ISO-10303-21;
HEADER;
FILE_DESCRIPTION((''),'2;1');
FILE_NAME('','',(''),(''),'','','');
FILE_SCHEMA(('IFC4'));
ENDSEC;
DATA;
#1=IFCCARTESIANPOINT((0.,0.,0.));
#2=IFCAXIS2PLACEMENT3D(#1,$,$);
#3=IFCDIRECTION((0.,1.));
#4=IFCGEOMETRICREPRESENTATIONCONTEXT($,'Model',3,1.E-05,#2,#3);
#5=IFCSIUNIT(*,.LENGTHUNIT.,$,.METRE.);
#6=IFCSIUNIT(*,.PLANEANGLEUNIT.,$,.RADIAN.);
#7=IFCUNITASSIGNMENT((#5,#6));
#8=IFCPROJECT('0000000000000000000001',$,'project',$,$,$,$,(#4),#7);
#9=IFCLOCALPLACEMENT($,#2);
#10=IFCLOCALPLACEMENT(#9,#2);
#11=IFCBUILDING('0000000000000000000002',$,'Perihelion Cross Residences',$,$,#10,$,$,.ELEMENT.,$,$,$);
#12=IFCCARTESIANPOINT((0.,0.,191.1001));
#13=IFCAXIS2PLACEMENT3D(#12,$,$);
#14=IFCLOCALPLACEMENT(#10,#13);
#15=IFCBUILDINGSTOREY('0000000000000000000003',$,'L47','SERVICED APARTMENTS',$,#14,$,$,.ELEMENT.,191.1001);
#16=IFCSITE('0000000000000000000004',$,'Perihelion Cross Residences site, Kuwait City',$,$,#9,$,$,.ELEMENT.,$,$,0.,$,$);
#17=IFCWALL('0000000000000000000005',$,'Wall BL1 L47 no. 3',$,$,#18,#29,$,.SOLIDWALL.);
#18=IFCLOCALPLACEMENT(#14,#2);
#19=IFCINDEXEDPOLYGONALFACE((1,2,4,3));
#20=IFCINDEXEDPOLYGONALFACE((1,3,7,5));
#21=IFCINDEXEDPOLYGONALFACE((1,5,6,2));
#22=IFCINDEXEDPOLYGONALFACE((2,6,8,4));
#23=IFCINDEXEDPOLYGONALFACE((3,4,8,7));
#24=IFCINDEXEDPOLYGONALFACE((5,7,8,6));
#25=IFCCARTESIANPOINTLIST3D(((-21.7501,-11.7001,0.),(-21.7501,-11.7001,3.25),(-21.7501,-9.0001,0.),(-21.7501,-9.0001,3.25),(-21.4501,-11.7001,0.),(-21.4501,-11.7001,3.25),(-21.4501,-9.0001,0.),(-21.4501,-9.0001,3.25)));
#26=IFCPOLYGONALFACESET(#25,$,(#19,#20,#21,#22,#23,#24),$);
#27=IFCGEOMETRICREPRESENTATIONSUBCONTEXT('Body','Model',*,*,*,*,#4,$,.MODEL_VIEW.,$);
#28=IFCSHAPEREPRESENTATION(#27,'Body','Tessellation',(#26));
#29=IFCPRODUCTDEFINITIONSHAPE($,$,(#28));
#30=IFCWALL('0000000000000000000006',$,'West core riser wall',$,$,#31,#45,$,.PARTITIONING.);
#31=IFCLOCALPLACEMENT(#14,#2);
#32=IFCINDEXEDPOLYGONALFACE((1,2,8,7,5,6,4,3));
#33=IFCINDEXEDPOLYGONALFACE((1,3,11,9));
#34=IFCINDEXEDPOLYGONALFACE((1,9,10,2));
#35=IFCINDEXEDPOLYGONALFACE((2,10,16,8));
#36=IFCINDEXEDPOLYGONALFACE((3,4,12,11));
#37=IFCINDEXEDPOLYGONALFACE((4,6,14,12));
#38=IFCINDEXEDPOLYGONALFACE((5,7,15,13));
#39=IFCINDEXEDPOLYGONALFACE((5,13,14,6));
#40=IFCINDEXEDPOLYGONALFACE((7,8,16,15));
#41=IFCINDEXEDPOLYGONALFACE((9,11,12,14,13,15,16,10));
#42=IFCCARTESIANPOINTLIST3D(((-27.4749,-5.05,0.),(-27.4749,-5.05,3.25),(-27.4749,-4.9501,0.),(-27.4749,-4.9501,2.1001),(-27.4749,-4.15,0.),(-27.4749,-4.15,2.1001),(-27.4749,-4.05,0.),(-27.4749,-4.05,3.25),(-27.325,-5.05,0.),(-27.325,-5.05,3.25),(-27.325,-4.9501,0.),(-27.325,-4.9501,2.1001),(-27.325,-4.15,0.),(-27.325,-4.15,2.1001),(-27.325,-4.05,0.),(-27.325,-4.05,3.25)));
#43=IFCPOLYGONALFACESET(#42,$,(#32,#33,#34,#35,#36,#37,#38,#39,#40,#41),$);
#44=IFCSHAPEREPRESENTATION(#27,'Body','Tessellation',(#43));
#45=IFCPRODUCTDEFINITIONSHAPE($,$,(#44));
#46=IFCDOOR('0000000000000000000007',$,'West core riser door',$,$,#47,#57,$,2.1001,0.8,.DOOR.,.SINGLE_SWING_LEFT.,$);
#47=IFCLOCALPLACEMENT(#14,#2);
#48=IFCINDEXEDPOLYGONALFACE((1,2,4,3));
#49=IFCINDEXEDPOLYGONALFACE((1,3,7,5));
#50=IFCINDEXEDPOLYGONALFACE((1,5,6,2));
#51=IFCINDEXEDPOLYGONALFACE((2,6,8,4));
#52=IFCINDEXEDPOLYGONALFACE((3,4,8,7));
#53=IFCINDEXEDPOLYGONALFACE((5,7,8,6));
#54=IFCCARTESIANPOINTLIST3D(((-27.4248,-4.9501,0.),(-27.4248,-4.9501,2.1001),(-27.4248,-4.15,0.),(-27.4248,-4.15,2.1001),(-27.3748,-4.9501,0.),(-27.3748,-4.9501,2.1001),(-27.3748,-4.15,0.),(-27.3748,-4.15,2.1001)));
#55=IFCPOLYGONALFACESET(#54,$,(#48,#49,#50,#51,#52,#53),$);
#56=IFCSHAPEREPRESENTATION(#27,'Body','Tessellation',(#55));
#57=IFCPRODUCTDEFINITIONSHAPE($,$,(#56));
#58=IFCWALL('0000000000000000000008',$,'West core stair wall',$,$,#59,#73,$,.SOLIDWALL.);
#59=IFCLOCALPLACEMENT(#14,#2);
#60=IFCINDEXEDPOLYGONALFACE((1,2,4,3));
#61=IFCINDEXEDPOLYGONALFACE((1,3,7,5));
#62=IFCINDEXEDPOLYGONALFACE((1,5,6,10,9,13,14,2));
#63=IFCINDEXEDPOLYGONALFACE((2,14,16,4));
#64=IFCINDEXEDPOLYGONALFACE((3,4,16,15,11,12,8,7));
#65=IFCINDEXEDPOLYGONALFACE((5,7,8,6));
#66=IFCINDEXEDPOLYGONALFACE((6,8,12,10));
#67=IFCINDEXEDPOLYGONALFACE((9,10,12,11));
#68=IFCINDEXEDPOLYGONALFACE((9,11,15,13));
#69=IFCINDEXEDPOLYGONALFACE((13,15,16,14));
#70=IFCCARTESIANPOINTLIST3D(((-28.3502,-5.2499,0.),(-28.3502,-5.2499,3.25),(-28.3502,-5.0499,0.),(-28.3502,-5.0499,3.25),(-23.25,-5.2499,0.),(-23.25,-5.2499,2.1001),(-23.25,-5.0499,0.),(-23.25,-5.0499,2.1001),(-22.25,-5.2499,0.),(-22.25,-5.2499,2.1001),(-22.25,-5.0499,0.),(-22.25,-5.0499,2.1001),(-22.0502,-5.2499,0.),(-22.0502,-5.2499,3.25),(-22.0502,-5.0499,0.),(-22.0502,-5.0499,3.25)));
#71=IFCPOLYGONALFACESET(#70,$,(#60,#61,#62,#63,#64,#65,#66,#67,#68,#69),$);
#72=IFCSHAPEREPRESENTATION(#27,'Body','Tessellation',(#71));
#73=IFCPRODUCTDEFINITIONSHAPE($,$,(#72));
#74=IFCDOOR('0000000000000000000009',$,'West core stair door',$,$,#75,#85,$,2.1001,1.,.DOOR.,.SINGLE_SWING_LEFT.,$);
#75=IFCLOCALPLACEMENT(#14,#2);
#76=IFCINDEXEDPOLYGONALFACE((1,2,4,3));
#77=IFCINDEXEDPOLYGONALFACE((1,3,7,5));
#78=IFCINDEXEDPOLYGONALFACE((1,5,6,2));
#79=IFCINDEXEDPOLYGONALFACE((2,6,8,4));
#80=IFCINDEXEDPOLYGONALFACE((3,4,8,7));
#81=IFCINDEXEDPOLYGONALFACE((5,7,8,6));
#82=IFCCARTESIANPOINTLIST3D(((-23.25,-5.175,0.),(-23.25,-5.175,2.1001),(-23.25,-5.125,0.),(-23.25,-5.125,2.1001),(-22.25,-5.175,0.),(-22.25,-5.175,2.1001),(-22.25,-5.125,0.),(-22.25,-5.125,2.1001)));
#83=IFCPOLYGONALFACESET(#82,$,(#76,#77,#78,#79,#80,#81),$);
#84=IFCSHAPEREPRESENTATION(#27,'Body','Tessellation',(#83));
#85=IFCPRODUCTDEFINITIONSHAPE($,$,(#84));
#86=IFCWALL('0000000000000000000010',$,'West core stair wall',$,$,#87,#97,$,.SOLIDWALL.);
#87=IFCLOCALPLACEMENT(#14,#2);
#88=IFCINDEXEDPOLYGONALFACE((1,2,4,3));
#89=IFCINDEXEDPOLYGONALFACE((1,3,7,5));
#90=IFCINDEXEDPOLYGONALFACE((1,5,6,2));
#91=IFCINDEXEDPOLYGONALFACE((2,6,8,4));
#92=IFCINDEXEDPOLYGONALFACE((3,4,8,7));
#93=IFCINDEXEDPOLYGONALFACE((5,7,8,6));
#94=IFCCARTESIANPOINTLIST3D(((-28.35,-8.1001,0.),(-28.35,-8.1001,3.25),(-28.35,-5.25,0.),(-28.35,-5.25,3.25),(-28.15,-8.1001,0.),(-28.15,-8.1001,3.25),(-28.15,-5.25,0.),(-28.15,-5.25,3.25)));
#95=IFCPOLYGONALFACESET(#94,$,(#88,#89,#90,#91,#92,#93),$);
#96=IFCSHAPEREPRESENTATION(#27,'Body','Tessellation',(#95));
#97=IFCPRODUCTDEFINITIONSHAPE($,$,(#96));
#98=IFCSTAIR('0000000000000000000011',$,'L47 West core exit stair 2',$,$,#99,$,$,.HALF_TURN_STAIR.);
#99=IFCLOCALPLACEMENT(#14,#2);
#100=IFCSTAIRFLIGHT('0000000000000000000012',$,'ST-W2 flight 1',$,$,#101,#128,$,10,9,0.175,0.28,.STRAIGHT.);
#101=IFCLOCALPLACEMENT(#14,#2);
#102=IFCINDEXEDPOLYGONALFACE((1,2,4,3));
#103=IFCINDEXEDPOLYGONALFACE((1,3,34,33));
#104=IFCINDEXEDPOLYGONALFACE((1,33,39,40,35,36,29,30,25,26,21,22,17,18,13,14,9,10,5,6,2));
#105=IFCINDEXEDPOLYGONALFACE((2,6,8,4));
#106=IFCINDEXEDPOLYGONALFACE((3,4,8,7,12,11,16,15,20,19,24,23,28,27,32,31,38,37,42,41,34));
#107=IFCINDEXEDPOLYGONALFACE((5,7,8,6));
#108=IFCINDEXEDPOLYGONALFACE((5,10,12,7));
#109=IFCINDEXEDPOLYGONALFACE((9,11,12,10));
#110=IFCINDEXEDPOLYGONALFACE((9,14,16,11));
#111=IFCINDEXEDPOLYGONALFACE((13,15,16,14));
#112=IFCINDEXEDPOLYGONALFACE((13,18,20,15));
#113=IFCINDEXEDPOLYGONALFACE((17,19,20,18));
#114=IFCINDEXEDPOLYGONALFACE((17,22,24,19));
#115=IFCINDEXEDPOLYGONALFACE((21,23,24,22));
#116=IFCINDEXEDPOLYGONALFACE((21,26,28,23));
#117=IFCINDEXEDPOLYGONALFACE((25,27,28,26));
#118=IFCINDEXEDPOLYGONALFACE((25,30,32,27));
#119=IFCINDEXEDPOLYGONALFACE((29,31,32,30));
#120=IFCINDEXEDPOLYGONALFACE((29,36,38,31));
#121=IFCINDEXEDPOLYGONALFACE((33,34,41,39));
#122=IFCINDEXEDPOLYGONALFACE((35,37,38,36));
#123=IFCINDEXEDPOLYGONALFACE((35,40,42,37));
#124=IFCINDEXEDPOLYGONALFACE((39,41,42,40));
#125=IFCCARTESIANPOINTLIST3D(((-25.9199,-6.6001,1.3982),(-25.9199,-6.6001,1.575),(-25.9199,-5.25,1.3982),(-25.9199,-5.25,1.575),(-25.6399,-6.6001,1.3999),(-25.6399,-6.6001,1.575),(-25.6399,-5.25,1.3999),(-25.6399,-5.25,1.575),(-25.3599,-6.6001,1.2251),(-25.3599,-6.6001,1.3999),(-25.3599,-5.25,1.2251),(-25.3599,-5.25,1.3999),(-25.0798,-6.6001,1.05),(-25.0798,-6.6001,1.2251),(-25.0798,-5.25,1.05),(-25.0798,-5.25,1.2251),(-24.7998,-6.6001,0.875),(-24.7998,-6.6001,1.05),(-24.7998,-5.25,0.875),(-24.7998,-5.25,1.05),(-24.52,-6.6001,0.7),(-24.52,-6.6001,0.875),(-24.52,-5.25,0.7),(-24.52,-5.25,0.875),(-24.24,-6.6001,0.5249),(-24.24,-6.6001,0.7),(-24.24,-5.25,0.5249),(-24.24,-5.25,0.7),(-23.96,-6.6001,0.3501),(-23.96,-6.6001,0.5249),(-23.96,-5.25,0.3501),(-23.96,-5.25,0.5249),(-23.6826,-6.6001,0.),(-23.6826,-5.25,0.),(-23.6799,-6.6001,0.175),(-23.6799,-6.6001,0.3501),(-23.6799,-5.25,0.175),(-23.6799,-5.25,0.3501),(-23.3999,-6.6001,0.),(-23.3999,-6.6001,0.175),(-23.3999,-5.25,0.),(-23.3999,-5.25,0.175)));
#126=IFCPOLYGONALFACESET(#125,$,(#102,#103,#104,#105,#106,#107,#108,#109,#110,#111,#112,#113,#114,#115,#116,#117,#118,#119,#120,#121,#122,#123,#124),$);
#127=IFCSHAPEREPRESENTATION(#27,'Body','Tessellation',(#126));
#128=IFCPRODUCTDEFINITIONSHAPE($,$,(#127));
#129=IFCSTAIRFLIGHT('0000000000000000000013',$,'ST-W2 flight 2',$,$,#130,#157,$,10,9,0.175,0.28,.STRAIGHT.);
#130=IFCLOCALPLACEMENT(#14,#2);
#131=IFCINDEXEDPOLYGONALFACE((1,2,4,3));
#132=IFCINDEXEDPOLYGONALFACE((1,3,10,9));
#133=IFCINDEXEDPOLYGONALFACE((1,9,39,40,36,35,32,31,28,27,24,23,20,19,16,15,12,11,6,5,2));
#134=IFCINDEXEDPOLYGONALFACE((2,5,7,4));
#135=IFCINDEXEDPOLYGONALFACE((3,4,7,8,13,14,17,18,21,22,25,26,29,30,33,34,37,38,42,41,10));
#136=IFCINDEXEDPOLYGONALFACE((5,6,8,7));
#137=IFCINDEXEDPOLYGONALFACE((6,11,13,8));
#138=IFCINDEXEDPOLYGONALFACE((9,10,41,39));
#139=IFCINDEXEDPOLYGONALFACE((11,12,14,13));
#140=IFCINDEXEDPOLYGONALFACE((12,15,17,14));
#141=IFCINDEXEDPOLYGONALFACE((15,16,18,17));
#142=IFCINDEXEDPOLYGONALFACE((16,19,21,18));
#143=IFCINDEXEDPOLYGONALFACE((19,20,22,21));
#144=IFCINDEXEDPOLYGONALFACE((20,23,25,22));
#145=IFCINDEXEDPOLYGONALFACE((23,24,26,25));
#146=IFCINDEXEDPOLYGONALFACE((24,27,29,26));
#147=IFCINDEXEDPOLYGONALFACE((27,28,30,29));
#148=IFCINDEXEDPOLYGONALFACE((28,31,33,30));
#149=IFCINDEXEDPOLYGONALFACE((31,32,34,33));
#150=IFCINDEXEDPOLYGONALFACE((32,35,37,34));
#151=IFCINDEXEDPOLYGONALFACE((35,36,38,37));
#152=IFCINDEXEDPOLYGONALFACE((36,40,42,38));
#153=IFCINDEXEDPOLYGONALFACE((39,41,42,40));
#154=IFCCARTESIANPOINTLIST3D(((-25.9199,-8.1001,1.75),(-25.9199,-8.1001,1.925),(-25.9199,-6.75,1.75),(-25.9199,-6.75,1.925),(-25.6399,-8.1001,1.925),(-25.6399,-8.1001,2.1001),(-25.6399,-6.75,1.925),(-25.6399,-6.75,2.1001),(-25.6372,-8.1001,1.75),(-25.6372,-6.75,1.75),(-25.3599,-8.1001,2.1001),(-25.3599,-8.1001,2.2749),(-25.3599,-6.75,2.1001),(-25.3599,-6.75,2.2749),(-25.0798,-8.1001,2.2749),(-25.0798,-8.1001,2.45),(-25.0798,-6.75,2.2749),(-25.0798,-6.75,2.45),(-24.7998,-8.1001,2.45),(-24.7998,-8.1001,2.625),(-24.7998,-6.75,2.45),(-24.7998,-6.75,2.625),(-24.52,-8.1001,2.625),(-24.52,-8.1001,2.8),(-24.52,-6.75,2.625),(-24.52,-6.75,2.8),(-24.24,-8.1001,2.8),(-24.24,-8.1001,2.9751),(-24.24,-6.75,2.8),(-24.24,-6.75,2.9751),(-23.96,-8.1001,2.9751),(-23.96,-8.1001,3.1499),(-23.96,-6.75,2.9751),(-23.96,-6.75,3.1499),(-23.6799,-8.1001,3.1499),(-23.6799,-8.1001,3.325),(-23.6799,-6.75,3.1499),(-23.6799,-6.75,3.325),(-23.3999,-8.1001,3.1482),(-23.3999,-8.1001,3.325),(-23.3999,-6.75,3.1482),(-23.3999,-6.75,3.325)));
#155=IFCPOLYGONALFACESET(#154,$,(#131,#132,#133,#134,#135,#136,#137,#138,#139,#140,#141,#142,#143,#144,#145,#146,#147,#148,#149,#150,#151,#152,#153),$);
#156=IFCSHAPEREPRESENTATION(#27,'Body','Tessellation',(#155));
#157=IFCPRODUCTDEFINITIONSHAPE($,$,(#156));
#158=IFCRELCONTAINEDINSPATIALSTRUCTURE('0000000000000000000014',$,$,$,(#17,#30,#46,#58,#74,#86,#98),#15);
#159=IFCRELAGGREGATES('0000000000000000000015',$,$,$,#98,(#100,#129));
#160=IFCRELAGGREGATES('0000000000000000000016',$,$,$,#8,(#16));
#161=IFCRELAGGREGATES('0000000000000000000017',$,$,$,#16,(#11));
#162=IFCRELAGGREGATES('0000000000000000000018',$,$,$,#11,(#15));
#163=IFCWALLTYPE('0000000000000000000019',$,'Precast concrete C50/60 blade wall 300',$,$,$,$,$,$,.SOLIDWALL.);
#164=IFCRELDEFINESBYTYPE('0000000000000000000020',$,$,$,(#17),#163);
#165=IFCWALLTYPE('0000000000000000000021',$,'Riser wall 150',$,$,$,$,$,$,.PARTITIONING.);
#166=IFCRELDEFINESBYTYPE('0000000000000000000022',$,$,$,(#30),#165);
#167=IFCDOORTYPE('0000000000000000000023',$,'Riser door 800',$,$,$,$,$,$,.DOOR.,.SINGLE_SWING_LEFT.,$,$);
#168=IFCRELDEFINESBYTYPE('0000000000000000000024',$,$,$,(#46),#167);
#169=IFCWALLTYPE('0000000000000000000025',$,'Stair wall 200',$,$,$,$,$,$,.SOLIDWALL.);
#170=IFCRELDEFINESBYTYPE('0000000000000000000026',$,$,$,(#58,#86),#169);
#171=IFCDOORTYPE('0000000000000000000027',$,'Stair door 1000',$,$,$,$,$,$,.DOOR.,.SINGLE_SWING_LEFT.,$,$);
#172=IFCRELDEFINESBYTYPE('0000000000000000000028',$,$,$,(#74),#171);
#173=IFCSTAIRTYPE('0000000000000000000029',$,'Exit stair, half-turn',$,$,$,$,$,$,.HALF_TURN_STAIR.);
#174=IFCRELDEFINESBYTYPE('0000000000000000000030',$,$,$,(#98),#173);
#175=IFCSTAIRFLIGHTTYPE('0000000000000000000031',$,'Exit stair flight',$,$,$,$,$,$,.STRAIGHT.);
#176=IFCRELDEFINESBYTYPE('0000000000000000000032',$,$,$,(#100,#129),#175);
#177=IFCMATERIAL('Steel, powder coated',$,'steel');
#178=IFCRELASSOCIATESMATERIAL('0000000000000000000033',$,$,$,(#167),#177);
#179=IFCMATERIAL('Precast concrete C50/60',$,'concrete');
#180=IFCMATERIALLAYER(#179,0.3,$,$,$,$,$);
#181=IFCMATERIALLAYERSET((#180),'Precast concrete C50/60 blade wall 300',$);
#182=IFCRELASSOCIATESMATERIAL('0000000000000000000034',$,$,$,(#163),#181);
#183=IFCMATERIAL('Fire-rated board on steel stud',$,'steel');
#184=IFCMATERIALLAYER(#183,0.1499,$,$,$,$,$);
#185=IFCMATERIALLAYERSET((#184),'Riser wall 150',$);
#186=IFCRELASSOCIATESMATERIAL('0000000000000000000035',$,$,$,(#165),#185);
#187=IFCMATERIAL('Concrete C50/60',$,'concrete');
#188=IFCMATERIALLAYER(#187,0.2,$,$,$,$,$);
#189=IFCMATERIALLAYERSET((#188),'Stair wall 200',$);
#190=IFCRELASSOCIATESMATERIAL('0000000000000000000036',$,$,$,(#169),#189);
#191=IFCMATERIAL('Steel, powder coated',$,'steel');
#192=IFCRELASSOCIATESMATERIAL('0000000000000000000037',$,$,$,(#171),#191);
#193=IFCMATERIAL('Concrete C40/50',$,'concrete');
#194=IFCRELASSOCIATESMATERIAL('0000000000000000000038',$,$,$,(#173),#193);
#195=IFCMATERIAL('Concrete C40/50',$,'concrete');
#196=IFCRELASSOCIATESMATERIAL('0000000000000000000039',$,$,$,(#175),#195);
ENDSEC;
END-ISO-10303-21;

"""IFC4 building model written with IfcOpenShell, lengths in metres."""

from ifc_helpers import new_model, si_unit, direction, frame, frame_2d, origin, place, context, subcontext, project, spatial, polyline, rectangle, outline, extrude, material, layer, layer_set, type_object, element, fill, aggregate, save


model = new_model("IFC4")

# Units and contexts
model_context = context("Model", 3, precision=1e-05, world=origin(), true_north=direction((0.0, 1.0)))
body_context = subcontext(model_context, "Body", "Model", "MODEL_VIEW")
ifc_project = project(units=[si_unit("LENGTHUNIT", "METRE"), si_unit("PLANEANGLEUNIT", "RADIAN")], contexts=[model_context])

# Site, building, storey
site_placement = place(None, origin())
site = spatial("IfcSite", under=ifc_project, at=site_placement, Name="Perihelion Cross Residences site, Kuwait City", CompositionType="ELEMENT", RefElevation=0.0)
building_placement = place(site_placement, origin())
building = spatial("IfcBuilding", under=site, at=building_placement, Name="Perihelion Cross Residences", CompositionType="ELEMENT")
storey_placement = place(building_placement, frame((0.0, 0.0, 191.1001)))
storey = spatial("IfcBuildingStorey", under=building, at=storey_placement, Name="L47", Description="SERVICED APARTMENTS", CompositionType="ELEMENT", Elevation=191.1001)

# Shared definitions
ifc_material_1 = material(Name="Steel, powder coated", Category="steel")
door_type_1 = type_object("IfcDoorType", Name="Riser door 800", OperationType="SINGLE_SWING_LEFT", PredefinedType="DOOR", material=ifc_material_1)

# Wall
ifc_material_2 = material(Name="Precast concrete C50/60", Category="concrete")
ifc_layer_1 = layer(ifc_material_2, 0.3)
ifc_layer_set_1 = layer_set([ifc_layer_1], Name="Precast concrete C50/60 blade wall 300")
wall_type_1 = type_object("IfcWallType", Name="Precast concrete C50/60 blade wall 300", PredefinedType="SOLIDWALL", material=ifc_layer_set_1)
wall_1_placement = place(storey_placement, frame((-21.6001, -9.0, 0.0), z_axis=(0.0, 0.0, 1.0), x_axis=(0.0, -1.0, 0.0)))
element("IfcWall", 1, at=wall_1_placement, inside=storey, type_object=wall_type_1, Name="Wall BL1 L47 no. 3", PredefinedType="SOLIDWALL", context=body_context, shape_type="SweptSolid", body=[
    extrude(rectangle(XDim=2.7, YDim=0.3, at=frame_2d((1.3501, 0.0))), origin(), (0.0, 0.0, 1.0), 3.25),
])

# Walls, openings, doors
ifc_material_3 = material(Name="Fire-rated board on steel stud", Category="steel")
ifc_layer_2 = layer(ifc_material_3, 0.1499)
ifc_layer_set_2 = layer_set([ifc_layer_2], Name="Riser wall 150")
wall_type_2 = type_object("IfcWallType", Name="Riser wall 150", PredefinedType="PARTITIONING", material=ifc_layer_set_2)
wall_2_placement = place(storey_placement, frame((-27.3999, -5.05, 0.0), z_axis=(0.0, 0.0, 1.0), x_axis=(0.0, 1.0, 0.0)))
wall_2 = element("IfcWall", 2, at=wall_2_placement, inside=storey, type_object=wall_type_2, Name="West core riser wall", PredefinedType="PARTITIONING", context=body_context, shape_type="SweptSolid", body=[
    extrude(rectangle(XDim=1.0, YDim=0.1499, at=frame_2d((0.5, 0.0))), origin(), (0.0, 0.0, 1.0), 3.25),
])
opening_1_placement = place(wall_2_placement, frame((0.1001, 0.0, 0.0)))
opening_1 = element("IfcOpeningElement", 3, at=opening_1_placement, cuts=wall_2, PredefinedType="OPENING", context=body_context, shape_type="SweptSolid", body=[
    extrude(rectangle(XDim=0.8, YDim=2.1001, at=frame_2d((0.3999, 1.05))), frame((0.0, 0.085, 0.0), z_axis=(0.0, -1.0, 0.0), x_axis=(1.0, 0.0, 0.0)), (0.0, 0.0, 1.0), 0.1699),
])
door_1_placement = place(opening_1_placement, origin())
door_1 = element("IfcDoor", 4, at=door_1_placement, inside=storey, type_object=door_type_1, Name="West core riser door", OperationType="SINGLE_SWING_LEFT", OverallHeight=2.1001, OverallWidth=0.8, PredefinedType="DOOR", context=body_context, shape_type="SweptSolid", body=[
    extrude(rectangle(XDim=0.8, YDim=2.1001, at=frame_2d((0.3999, 1.05))), frame((0.0, 0.0249, 0.0), z_axis=(0.0, -1.0, 0.0), x_axis=(1.0, 0.0, 0.0)), (0.0, 0.0, 1.0), 0.05),
])
fill(opening_1, door_1)
ifc_material_4 = material(Name="Concrete C50/60", Category="concrete")
ifc_layer_3 = layer(ifc_material_4, 0.2)
ifc_layer_set_3 = layer_set([ifc_layer_3], Name="Stair wall 200")
wall_type_3 = type_object("IfcWallType", Name="Stair wall 200", PredefinedType="SOLIDWALL", material=ifc_layer_set_3)
wall_3_placement = place(storey_placement, frame((-28.3501, -5.1499, 0.0), z_axis=(0.0, 0.0, 1.0), x_axis=(1.0, 0.0, 0.0)))
wall_3 = element("IfcWall", 5, at=wall_3_placement, inside=storey, type_object=wall_type_3, Name="West core stair wall", PredefinedType="SOLIDWALL", context=body_context, shape_type="SweptSolid", body=[
    extrude(rectangle(XDim=6.3, YDim=0.2, at=frame_2d((3.1499, 0.0))), origin(), (0.0, 0.0, 1.0), 3.25),
])
opening_2_placement = place(wall_3_placement, frame((5.1001, 0.0, 0.0)))
opening_2 = element("IfcOpeningElement", 6, at=opening_2_placement, cuts=wall_3, PredefinedType="OPENING", context=body_context, shape_type="SweptSolid", body=[
    extrude(rectangle(XDim=1.0, YDim=2.1001, at=frame_2d((0.5, 1.05))), frame((0.0, 0.1099, 0.0), z_axis=(0.0, -1.0, 0.0), x_axis=(1.0, 0.0, 0.0)), (0.0, 0.0, 1.0), 0.22),
])
ifc_material_5 = material(Name="Steel, powder coated", Category="steel")
door_type_2 = type_object("IfcDoorType", Name="Stair door 1000", OperationType="SINGLE_SWING_LEFT", PredefinedType="DOOR", material=ifc_material_5)
door_2_placement = place(opening_2_placement, origin())
door_2 = element("IfcDoor", 7, at=door_2_placement, inside=storey, type_object=door_type_2, Name="West core stair door", OperationType="SINGLE_SWING_LEFT", OverallHeight=2.1001, OverallWidth=1.0, PredefinedType="DOOR", context=body_context, shape_type="SweptSolid", body=[
    extrude(rectangle(XDim=1.0, YDim=2.1001, at=frame_2d((0.5, 1.05))), frame((0.0, 0.0249, 0.0), z_axis=(0.0, -1.0, 0.0), x_axis=(1.0, 0.0, 0.0)), (0.0, 0.0, 1.0), 0.05),
])
fill(opening_2, door_2)

# Wall
wall_4_placement = place(storey_placement, frame((-28.25, -8.1001, 0.0), z_axis=(0.0, 0.0, 1.0), x_axis=(0.0, 1.0, 0.0)))
element("IfcWall", 8, at=wall_4_placement, inside=storey, type_object=wall_type_3, Name="West core stair wall", PredefinedType="SOLIDWALL", context=body_context, shape_type="SweptSolid", body=[
    extrude(rectangle(XDim=2.8501, YDim=0.2, at=frame_2d((1.425, 0.0))), origin(), (0.0, 0.0, 1.0), 3.25),
])

# Stair, stair flights
ifc_material_6 = material(Name="Concrete C40/50", Category="concrete")
stair_type = type_object("IfcStairType", Name="Exit stair, half-turn", PredefinedType="HALF_TURN_STAIR", material=ifc_material_6)
stair_placement = place(storey_placement, origin())
stair = element("IfcStair", 9, at=stair_placement, inside=storey, type_object=stair_type, Name="L47 West core exit stair 2", PredefinedType="HALF_TURN_STAIR")
ifc_material_7 = material(Name="Concrete C40/50", Category="concrete")
stair_flight_type = type_object("IfcStairFlightType", Name="Exit stair flight", PredefinedType="STRAIGHT", material=ifc_material_7)
stair_flight_1_placement = place(storey_placement, frame((-23.3999, -5.925, 0.0), z_axis=(0.0, 0.0, 1.0), x_axis=(-1.0, 0.0, 0.0)))
stair_flight_1 = element("IfcStairFlight", 10, at=stair_flight_1_placement, type_object=stair_flight_type, Name="ST-W2 flight 1", NumberOfRisers=10, NumberOfTreads=9, PredefinedType="STRAIGHT", RiserHeight=0.175, TreadLength=0.28, context=body_context, shape_type="SweptSolid", body=[
    extrude(outline(polyline([(0.0, 0.0), (0.0, 0.175), (0.28, 0.175), (0.28, 0.3501), (0.5601, 0.3501), (0.5601, 0.5249), (0.8401, 0.5249), (0.8401, 0.7), (1.1201, 0.7), (1.1201, 0.875), (1.3999, 0.875), (1.3999, 1.05), (1.6799, 1.05), (1.6799, 1.2251), (1.96, 1.2251), (1.96, 1.3999), (2.24, 1.3999), (2.24, 1.575), (2.52, 1.575), (2.52, 1.75), (2.52, 1.3982), (0.2827, 0.0), (0.0, 0.0)])), frame((0.0, 0.675, 0.0), z_axis=(0.0, -1.0, 0.0), x_axis=(1.0, 0.0, 0.0)), (0.0, 0.0, 1.0), 1.3501),
])
stair_flight_2_placement = place(storey_placement, frame((-25.9199, -7.425, 1.75), z_axis=(0.0, 0.0, 1.0), x_axis=(1.0, 0.0, 0.0)))
stair_flight_2 = element("IfcStairFlight", 11, at=stair_flight_2_placement, type_object=stair_flight_type, Name="ST-W2 flight 2", NumberOfRisers=10, NumberOfTreads=9, PredefinedType="STRAIGHT", RiserHeight=0.175, TreadLength=0.28, context=body_context, shape_type="SweptSolid", body=[
    extrude(outline(polyline([(0.0, 0.0), (0.0, 0.175), (0.28, 0.175), (0.28, 0.3501), (0.5601, 0.3501), (0.5601, 0.5249), (0.8401, 0.5249), (0.8401, 0.7), (1.1201, 0.7), (1.1201, 0.875), (1.3999, 0.875), (1.3999, 1.05), (1.6799, 1.05), (1.6799, 1.2251), (1.96, 1.2251), (1.96, 1.3999), (2.24, 1.3999), (2.24, 1.575), (2.52, 1.575), (2.52, 1.75), (2.52, 1.3982), (0.2827, 0.0), (0.0, 0.0)])), frame((0.0, 0.675, 0.0), z_axis=(0.0, -1.0, 0.0), x_axis=(1.0, 0.0, 0.0)), (0.0, 0.0, 1.0), 1.3501),
])
aggregate(stair, [stair_flight_1, stair_flight_2])

save(model, "model.ifc")
